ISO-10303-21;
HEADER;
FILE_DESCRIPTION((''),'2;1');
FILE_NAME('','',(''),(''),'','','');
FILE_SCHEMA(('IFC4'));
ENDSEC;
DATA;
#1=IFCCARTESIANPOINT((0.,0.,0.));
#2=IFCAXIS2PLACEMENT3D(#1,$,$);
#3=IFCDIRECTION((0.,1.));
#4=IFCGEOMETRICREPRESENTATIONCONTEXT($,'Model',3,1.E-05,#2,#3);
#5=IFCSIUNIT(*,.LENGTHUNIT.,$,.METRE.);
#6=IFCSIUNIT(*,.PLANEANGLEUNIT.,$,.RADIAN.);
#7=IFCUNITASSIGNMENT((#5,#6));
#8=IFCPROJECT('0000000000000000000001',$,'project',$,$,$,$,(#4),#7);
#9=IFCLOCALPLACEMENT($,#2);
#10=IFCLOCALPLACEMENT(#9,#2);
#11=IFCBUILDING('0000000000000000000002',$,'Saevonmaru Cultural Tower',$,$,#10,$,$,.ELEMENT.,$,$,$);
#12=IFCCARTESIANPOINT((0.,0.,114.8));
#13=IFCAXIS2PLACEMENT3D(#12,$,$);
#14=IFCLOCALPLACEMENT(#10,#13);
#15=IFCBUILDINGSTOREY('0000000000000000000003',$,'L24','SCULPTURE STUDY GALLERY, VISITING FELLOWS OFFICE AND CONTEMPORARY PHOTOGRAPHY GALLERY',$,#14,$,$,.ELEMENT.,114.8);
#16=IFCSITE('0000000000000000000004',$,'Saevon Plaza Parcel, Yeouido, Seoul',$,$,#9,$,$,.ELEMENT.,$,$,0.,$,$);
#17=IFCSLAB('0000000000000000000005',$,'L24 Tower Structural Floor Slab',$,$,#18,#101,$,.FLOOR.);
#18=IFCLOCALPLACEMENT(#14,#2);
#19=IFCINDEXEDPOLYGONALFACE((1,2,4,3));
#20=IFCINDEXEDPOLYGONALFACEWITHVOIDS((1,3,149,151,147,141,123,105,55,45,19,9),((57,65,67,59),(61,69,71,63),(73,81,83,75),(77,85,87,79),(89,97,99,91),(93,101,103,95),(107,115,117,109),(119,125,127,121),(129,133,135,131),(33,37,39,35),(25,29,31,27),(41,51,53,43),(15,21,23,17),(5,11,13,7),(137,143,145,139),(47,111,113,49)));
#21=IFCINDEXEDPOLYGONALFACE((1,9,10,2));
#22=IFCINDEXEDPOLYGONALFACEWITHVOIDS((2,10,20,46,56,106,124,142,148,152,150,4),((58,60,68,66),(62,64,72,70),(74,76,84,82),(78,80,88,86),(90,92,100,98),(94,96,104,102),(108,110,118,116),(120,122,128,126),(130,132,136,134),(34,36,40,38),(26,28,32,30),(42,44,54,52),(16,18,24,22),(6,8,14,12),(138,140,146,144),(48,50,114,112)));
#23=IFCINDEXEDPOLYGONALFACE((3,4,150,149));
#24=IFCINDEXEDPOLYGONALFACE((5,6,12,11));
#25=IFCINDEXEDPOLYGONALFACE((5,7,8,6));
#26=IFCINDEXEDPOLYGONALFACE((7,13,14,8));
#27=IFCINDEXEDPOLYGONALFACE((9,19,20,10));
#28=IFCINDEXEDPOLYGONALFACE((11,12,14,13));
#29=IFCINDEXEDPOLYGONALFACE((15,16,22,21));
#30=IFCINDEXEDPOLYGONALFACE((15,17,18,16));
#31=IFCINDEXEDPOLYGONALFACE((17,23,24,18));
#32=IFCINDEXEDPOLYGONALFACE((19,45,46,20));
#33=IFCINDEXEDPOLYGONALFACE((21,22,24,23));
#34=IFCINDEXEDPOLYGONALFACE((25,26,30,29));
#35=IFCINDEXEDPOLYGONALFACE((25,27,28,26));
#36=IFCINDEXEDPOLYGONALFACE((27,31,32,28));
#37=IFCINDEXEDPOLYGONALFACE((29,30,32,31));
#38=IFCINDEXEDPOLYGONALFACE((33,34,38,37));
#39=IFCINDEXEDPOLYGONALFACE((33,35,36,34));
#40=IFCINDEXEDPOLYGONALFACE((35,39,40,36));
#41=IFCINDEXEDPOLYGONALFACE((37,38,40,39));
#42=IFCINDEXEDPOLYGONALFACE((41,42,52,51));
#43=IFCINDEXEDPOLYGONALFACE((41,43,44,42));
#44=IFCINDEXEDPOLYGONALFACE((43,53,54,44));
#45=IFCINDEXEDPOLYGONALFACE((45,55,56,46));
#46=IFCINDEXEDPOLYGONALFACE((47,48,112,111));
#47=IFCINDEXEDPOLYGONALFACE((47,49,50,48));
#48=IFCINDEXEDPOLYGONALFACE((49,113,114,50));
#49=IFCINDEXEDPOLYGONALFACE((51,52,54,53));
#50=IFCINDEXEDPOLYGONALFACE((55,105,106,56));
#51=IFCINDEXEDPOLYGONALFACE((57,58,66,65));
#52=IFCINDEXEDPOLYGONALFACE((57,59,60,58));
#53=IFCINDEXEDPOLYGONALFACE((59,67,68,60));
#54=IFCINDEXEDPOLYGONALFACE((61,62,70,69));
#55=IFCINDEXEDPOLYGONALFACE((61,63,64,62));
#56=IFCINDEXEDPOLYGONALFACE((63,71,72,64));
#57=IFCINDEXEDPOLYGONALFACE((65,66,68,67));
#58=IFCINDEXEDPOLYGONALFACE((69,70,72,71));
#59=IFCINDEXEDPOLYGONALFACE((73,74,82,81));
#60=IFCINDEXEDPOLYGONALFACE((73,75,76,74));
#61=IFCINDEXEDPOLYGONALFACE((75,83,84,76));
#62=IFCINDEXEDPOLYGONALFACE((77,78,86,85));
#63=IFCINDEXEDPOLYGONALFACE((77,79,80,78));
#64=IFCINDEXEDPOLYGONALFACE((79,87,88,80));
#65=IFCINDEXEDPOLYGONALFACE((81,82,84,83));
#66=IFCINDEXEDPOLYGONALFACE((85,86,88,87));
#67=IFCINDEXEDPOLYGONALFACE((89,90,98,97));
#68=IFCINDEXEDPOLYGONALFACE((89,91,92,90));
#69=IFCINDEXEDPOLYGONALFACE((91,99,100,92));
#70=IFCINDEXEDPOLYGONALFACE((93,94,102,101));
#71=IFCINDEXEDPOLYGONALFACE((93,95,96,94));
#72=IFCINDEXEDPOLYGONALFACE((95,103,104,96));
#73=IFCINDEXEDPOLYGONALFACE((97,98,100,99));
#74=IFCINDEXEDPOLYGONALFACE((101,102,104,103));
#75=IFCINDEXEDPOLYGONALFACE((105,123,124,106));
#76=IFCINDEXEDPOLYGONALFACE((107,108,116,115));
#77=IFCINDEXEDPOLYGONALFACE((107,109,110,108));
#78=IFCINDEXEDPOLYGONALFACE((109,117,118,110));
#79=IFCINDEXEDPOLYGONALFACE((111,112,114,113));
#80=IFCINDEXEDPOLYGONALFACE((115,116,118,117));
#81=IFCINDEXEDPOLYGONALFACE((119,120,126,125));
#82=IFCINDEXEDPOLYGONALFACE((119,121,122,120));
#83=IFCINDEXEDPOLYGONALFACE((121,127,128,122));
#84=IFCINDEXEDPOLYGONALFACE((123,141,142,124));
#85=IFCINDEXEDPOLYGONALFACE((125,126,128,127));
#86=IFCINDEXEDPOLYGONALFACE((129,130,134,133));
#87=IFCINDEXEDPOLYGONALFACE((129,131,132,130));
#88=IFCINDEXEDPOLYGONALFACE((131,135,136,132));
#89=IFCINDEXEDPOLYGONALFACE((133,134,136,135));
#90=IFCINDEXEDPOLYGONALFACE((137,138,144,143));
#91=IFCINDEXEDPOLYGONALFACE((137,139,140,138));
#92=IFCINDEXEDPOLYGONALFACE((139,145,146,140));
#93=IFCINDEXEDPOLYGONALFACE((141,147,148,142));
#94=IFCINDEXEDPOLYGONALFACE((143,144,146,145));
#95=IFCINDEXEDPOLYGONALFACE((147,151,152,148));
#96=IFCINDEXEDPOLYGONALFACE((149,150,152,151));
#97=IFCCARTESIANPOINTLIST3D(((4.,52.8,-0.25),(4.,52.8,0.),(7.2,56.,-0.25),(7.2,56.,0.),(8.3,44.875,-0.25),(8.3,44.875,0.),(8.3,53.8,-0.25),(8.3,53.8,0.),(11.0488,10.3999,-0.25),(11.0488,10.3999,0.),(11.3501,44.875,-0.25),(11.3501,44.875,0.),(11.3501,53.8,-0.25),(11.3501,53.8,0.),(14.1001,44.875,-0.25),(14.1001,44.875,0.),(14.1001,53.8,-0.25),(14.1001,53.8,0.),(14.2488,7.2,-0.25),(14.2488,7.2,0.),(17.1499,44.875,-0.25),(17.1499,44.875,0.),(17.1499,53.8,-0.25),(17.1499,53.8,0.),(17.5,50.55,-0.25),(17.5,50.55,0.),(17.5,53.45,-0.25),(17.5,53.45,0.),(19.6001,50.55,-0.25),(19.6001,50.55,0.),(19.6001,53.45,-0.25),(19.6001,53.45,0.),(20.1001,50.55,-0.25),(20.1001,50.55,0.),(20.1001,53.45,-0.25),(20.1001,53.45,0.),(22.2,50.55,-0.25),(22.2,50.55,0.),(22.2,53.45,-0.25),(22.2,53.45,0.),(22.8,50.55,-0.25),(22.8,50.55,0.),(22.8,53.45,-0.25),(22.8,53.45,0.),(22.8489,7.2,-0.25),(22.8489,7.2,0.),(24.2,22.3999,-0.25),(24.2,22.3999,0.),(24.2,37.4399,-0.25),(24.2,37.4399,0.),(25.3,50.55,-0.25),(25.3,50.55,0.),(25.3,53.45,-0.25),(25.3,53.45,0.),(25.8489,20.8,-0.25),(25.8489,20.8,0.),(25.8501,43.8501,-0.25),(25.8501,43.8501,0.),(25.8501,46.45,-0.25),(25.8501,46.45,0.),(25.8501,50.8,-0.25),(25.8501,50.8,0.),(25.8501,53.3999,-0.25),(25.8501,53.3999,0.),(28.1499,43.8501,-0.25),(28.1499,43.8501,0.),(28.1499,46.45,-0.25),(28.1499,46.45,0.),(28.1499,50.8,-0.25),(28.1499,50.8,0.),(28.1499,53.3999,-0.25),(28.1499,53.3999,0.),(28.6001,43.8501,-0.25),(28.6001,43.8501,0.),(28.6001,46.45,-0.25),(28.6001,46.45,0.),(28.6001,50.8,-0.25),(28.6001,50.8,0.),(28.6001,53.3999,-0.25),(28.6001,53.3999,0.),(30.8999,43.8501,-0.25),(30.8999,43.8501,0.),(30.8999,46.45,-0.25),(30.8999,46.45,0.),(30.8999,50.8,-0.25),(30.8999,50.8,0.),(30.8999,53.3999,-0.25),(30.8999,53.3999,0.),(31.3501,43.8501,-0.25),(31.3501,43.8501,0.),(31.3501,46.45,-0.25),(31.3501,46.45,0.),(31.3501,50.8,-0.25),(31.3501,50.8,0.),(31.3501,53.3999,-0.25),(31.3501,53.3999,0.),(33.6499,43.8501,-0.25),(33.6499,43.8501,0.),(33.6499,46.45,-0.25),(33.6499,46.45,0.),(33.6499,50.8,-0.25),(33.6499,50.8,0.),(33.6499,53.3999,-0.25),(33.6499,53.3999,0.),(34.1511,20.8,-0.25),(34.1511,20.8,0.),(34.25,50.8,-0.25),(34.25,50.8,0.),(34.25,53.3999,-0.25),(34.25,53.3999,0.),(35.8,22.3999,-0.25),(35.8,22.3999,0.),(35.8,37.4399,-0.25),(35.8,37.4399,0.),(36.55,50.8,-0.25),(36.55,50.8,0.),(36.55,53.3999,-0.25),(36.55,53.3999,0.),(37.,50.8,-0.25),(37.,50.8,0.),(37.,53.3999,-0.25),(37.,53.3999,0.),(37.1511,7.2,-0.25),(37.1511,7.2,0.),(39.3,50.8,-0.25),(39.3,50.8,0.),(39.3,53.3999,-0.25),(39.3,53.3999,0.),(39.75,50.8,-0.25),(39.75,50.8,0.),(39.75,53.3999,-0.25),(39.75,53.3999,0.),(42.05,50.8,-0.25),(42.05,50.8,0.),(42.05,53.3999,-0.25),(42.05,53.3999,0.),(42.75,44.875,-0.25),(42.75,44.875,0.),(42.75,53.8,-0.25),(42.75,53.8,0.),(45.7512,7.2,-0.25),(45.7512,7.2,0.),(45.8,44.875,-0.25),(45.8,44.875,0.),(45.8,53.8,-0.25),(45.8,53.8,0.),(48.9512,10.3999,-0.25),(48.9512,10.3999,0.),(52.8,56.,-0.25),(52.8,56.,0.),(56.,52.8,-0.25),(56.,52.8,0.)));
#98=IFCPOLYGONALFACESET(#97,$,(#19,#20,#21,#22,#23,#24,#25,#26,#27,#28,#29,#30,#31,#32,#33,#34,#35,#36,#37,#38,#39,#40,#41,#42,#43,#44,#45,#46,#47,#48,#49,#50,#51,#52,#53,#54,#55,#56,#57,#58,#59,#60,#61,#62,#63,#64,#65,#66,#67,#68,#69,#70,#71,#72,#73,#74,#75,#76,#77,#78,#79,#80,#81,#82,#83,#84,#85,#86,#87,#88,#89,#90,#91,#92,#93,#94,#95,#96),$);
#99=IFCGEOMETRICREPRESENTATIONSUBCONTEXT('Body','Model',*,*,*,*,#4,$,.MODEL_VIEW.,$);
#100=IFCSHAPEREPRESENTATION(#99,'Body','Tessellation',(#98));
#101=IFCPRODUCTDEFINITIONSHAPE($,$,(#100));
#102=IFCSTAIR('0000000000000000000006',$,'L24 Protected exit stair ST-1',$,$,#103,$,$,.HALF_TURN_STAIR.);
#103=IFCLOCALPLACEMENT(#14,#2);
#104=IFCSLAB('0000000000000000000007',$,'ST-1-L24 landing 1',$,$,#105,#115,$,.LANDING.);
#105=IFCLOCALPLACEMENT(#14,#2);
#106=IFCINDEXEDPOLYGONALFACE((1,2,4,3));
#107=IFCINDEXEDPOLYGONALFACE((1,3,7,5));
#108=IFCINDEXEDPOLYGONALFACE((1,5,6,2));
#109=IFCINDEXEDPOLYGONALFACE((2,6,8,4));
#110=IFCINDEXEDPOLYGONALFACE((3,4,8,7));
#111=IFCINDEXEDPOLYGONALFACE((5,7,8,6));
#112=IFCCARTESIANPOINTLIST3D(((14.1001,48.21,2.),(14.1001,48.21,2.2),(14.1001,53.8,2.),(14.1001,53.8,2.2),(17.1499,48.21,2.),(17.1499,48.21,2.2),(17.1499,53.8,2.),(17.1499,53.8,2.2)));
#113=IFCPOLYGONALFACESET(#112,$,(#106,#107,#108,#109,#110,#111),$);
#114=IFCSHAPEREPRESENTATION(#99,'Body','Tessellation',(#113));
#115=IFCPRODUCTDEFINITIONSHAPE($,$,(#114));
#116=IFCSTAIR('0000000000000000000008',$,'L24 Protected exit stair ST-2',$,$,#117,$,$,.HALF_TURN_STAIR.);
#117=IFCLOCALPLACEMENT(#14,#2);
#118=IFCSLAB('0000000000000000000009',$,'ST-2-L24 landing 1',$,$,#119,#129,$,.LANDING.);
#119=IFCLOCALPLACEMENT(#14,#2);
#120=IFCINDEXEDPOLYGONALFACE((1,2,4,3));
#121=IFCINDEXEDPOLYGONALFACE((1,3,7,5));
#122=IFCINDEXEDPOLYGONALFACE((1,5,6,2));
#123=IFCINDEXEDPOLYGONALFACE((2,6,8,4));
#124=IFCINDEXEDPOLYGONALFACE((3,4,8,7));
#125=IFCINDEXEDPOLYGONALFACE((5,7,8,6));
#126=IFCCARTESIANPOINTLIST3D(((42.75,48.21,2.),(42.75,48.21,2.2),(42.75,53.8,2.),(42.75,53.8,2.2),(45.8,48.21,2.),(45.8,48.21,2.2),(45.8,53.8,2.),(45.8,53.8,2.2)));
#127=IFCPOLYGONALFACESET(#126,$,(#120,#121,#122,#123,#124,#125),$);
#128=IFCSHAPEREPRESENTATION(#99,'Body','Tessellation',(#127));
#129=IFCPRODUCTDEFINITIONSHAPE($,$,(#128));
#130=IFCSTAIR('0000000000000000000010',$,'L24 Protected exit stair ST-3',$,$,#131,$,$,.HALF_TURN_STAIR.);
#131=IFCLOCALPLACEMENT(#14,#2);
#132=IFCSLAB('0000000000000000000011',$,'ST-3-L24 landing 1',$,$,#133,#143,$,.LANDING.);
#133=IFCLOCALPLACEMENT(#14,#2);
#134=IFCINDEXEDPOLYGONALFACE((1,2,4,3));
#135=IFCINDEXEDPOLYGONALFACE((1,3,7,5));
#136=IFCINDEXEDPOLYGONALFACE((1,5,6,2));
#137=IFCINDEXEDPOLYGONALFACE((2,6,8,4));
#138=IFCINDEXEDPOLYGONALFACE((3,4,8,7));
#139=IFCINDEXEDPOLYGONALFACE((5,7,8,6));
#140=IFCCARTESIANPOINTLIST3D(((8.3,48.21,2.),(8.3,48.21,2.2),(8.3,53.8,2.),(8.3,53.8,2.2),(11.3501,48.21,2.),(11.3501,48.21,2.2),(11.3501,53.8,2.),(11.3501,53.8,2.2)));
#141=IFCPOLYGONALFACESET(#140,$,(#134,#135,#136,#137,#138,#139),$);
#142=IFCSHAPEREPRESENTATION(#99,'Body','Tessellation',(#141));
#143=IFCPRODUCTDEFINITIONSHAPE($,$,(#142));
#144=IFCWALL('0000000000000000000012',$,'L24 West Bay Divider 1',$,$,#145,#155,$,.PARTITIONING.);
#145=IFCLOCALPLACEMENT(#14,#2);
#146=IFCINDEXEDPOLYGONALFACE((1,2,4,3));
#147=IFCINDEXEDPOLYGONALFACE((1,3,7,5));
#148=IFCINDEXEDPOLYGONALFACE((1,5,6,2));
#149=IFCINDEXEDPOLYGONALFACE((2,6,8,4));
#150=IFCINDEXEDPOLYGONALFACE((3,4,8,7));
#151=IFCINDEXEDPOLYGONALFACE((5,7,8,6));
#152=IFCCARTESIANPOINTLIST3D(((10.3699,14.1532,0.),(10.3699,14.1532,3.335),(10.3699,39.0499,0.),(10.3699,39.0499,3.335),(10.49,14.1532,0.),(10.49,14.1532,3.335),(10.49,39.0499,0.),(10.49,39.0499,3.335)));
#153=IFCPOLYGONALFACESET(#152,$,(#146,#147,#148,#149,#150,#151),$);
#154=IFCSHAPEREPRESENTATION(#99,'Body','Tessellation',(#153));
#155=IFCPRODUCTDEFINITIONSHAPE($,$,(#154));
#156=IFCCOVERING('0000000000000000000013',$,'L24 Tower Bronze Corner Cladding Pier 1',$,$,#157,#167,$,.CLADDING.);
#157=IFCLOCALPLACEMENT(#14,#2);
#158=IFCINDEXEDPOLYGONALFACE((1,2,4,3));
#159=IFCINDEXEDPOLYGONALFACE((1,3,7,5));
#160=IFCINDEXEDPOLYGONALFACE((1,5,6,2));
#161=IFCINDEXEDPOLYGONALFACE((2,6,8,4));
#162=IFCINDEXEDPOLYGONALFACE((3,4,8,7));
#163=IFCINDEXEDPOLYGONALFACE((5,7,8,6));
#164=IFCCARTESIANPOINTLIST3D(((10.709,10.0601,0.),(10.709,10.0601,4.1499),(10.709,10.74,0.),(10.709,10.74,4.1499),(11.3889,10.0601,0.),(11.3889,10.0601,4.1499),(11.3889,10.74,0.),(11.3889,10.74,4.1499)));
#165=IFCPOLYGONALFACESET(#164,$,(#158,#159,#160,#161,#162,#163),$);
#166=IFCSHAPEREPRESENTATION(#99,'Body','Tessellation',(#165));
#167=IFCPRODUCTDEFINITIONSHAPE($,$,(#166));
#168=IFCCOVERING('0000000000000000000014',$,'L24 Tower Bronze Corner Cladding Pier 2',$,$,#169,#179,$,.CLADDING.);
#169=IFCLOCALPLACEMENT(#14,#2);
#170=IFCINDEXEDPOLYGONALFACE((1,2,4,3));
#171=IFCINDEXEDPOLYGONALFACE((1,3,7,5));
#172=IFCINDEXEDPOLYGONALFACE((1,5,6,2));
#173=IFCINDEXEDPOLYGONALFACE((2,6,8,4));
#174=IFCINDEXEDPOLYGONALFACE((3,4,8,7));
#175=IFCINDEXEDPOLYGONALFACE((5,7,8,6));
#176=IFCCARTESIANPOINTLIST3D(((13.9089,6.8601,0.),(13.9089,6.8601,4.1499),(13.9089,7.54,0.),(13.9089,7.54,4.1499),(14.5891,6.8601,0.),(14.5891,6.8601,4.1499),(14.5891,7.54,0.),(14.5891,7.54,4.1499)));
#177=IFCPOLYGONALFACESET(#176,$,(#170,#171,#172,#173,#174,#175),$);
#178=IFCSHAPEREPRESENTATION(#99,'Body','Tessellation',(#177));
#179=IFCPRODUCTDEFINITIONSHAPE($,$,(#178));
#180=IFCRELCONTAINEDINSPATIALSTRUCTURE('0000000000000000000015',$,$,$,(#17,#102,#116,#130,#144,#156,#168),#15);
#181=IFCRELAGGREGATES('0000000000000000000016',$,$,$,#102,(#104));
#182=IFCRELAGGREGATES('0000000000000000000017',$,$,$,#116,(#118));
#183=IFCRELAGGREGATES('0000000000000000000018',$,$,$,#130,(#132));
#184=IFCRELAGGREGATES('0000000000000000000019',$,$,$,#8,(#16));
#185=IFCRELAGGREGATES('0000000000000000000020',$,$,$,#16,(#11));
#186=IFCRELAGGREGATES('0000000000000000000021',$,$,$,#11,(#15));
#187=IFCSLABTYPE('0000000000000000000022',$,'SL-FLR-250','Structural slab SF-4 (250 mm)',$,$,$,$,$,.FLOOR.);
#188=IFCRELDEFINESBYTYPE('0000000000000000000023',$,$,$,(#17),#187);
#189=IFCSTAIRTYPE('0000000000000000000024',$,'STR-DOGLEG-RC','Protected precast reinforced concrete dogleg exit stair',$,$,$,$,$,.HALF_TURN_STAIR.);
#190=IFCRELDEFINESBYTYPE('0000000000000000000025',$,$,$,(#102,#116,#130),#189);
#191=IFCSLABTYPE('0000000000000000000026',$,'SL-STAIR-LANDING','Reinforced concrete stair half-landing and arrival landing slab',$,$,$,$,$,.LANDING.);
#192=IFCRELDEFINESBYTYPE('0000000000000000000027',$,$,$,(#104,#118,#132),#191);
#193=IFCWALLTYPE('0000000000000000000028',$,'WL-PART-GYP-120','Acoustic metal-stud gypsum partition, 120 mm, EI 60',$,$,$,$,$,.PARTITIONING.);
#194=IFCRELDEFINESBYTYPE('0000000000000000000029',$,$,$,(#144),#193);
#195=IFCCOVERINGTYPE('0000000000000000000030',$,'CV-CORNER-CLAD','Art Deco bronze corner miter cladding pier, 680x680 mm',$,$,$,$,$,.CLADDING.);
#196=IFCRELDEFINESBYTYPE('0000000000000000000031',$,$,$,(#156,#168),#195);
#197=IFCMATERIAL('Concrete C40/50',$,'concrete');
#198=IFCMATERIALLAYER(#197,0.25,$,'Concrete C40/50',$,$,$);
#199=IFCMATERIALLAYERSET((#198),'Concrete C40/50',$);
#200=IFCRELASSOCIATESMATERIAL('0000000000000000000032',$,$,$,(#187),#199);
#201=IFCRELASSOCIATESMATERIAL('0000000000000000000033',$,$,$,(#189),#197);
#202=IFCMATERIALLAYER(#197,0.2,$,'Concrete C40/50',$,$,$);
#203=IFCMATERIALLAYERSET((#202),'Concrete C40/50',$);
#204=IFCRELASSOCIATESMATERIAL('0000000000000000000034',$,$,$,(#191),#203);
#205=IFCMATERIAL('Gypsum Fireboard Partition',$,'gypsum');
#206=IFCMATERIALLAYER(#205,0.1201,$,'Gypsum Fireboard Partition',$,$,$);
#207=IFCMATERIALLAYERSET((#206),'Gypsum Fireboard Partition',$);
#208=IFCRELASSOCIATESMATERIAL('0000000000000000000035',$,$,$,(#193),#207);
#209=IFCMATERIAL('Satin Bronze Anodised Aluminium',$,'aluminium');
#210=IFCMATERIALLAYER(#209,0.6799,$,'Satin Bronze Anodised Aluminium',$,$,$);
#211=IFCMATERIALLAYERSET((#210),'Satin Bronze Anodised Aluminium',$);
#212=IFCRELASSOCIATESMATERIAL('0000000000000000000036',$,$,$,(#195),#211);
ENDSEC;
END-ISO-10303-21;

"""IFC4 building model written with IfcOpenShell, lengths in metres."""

from ifc_helpers import new_model, si_unit, direction, frame, frame_2d, origin, place, context, subcontext, project, spatial, polyline, rectangle, outline, extrude, material, layer, layer_set, type_object, element, aggregate, save


model = new_model("IFC4")

# Units and contexts
model_context = context("Model", 3, precision=1e-05, world=origin(), true_north=direction((0.0, 1.0)))
body_context = subcontext(model_context, "Body", "Model", "MODEL_VIEW")
ifc_project = project(units=[si_unit("LENGTHUNIT", "METRE"), si_unit("PLANEANGLEUNIT", "RADIAN")], contexts=[model_context])

# Site, building, storey
site_placement = place(None, origin())
site = spatial("IfcSite", under=ifc_project, at=site_placement, Name="Saevon Plaza Parcel, Yeouido, Seoul", CompositionType="ELEMENT", RefElevation=0.0)
building_placement = place(site_placement, origin())
building = spatial("IfcBuilding", under=site, at=building_placement, Name="Saevonmaru Cultural Tower", CompositionType="ELEMENT")
storey_placement = place(building_placement, frame((0.0, 0.0, 114.8)))
storey = spatial("IfcBuildingStorey", under=building, at=storey_placement, Name="L24", Description="SCULPTURE STUDY GALLERY, VISITING FELLOWS OFFICE AND CONTEMPORARY PHOTOGRAPHY GALLERY", CompositionType="ELEMENT", Elevation=114.8)

# Shared definitions
ifc_material_1 = material(Name="Satin Bronze Anodised Aluminium", Category="aluminium")

# Slab
ifc_material_2 = material(Name="Concrete C40/50", Category="concrete")
ifc_layer_1 = layer(ifc_material_2, 0.25, Name="Concrete C40/50")
ifc_layer_set_1 = layer_set([ifc_layer_1], Name="Concrete C40/50")
slab_type_1 = type_object("IfcSlabType", Name="SL-FLR-250", Description="Structural slab SF-4 (250 mm)", PredefinedType="FLOOR", material=ifc_layer_set_1)
slab_1_placement = place(storey_placement, frame((0.0, 0.0, -0.25)))
element("IfcSlab", 1, at=slab_1_placement, inside=storey, type_object=slab_type_1, Name="L24 Tower Structural Floor Slab", PredefinedType="FLOOR", context=body_context, shape_type="SweptSolid", body=[
    extrude(outline(polyline([(11.0488, 10.3999), (14.2488, 7.2), (22.8489, 7.2), (25.8489, 20.8), (34.1511, 20.8), (37.1511, 7.2), (45.7512, 7.2), (48.9512, 10.3999), (56.0, 52.8), (52.8, 56.0), (7.2, 56.0), (4.0, 52.8), (11.0488, 10.3999)]), holes=[polyline([(45.8, 44.875), (42.75, 44.875), (42.75, 53.8), (45.8, 53.8), (45.8, 44.875)]), polyline([(39.75, 50.8), (39.75, 53.3999), (42.05, 53.3999), (42.05, 50.8), (39.75, 50.8)]), polyline([(37.0, 50.8), (37.0, 53.3999), (39.3, 53.3999), (39.3, 50.8), (37.0, 50.8)]), polyline([(34.25, 50.8), (34.25, 53.3999), (36.55, 53.3999), (36.55, 50.8), (34.25, 50.8)]), polyline([(24.2, 22.3999), (24.2, 37.4399), (35.8, 37.4399), (35.8, 22.3999), (24.2, 22.3999)]), polyline([(31.3501, 50.8), (31.3501, 53.3999), (33.6499, 53.3999), (33.6499, 50.8), (31.3501, 50.8)]), polyline([(31.3501, 43.8501), (31.3501, 46.45), (33.6499, 46.45), (33.6499, 43.8501), (31.3501, 43.8501)]), polyline([(28.6001, 43.8501), (28.6001, 46.45), (30.8999, 46.45), (30.8999, 43.8501), (28.6001, 43.8501)]), polyline([(28.6001, 50.8), (28.6001, 53.3999), (30.8999, 53.3999), (30.8999, 50.8), (28.6001, 50.8)]), polyline([(25.8501, 50.8), (25.8501, 53.3999), (28.1499, 53.3999), (28.1499, 50.8), (25.8501, 50.8)]), polyline([(25.8501, 43.8501), (25.8501, 46.45), (28.1499, 46.45), (28.1499, 43.8501), (25.8501, 43.8501)]), polyline([(22.8, 50.55), (22.8, 53.45), (25.3, 53.45), (25.3, 50.55), (22.8, 50.55)]), polyline([(20.1001, 50.55), (20.1001, 53.45), (22.2, 53.45), (22.2, 50.55), (20.1001, 50.55)]), polyline([(17.5, 50.55), (17.5, 53.45), (19.6001, 53.45), (19.6001, 50.55), (17.5, 50.55)]), polyline([(17.1499, 44.875), (14.1001, 44.875), (14.1001, 53.8), (17.1499, 53.8), (17.1499, 44.875)]), polyline([(11.3501, 44.875), (8.3, 44.875), (8.3, 53.8), (11.3501, 53.8), (11.3501, 44.875)])]), origin(), (0.0, 0.0, 1.0), 0.25),
])

# Stairs, slabs
stair_type = type_object("IfcStairType", Name="STR-DOGLEG-RC", Description="Protected precast reinforced concrete dogleg exit stair", PredefinedType="HALF_TURN_STAIR", material=ifc_material_2)
stair_1_placement = place(storey_placement, origin())
stair_1 = element("IfcStair", 2, at=stair_1_placement, inside=storey, type_object=stair_type, Name="L24 Protected exit stair ST-1", PredefinedType="HALF_TURN_STAIR")
ifc_layer_2 = layer(ifc_material_2, 0.2, Name="Concrete C40/50")
ifc_layer_set_2 = layer_set([ifc_layer_2], Name="Concrete C40/50")
slab_type_2 = type_object("IfcSlabType", Name="SL-STAIR-LANDING", Description="Reinforced concrete stair half-landing and arrival landing slab", PredefinedType="LANDING", material=ifc_layer_set_2)
slab_2_placement = place(storey_placement, frame((0.0, 0.0, 2.0)))
slab_2 = element("IfcSlab", 3, at=slab_2_placement, type_object=slab_type_2, Name="ST-1-L24 landing 1", PredefinedType="LANDING", context=body_context, shape_type="SweptSolid", body=[
    extrude(outline(polyline([(17.1499, 48.21), (17.1499, 53.8), (14.1001, 53.8), (14.1001, 48.21), (17.1499, 48.21)])), origin(), (0.0, 0.0, 1.0), 0.2),
])
aggregate(stair_1, [slab_2])
stair_2_placement = place(storey_placement, origin())
stair_2 = element("IfcStair", 4, at=stair_2_placement, inside=storey, type_object=stair_type, Name="L24 Protected exit stair ST-2", PredefinedType="HALF_TURN_STAIR")
slab_3_placement = place(storey_placement, frame((0.0, 0.0, 2.0)))
slab_3 = element("IfcSlab", 5, at=slab_3_placement, type_object=slab_type_2, Name="ST-2-L24 landing 1", PredefinedType="LANDING", context=body_context, shape_type="SweptSolid", body=[
    extrude(outline(polyline([(45.8, 48.21), (45.8, 53.8), (42.75, 53.8), (42.75, 48.21), (45.8, 48.21)])), origin(), (0.0, 0.0, 1.0), 0.2),
])
aggregate(stair_2, [slab_3])
stair_3_placement = place(storey_placement, origin())
stair_3 = element("IfcStair", 6, at=stair_3_placement, inside=storey, type_object=stair_type, Name="L24 Protected exit stair ST-3", PredefinedType="HALF_TURN_STAIR")
slab_4_placement = place(storey_placement, frame((0.0, 0.0, 2.0)))
slab_4 = element("IfcSlab", 7, at=slab_4_placement, type_object=slab_type_2, Name="ST-3-L24 landing 1", PredefinedType="LANDING", context=body_context, shape_type="SweptSolid", body=[
    extrude(outline(polyline([(11.3501, 48.21), (11.3501, 53.8), (8.3, 53.8), (8.3, 48.21), (11.3501, 48.21)])), origin(), (0.0, 0.0, 1.0), 0.2),
])
aggregate(stair_3, [slab_4])

# Wall
ifc_material_3 = material(Name="Gypsum Fireboard Partition", Category="gypsum")
ifc_layer_3 = layer(ifc_material_3, 0.1201, Name="Gypsum Fireboard Partition")
ifc_layer_set_3 = layer_set([ifc_layer_3], Name="Gypsum Fireboard Partition")
wall_type = type_object("IfcWallType", Name="WL-PART-GYP-120", Description="Acoustic metal-stud gypsum partition, 120 mm, EI 60", PredefinedType="PARTITIONING", material=ifc_layer_set_3)
wall_placement = place(storey_placement, frame((10.4299, 14.1533, 0.0), z_axis=(0.0, 0.0, 1.0), x_axis=(0.0, 1.0, 0.0)))
element("IfcWall", 8, at=wall_placement, inside=storey, type_object=wall_type, Name="L24 West Bay Divider 1", PredefinedType="PARTITIONING", context=body_context, shape_type="SweptSolid", body=[
    extrude(rectangle(XDim=24.8967, YDim=0.1201, at=frame_2d((12.4482, 0.0))), origin(), (0.0, 0.0, 1.0), 3.335),
])

# Coverings
ifc_layer_4 = layer(ifc_material_1, 0.6799, Name="Satin Bronze Anodised Aluminium")
ifc_layer_set_4 = layer_set([ifc_layer_4], Name="Satin Bronze Anodised Aluminium")
covering_type = type_object("IfcCoveringType", Name="CV-CORNER-CLAD", Description="Art Deco bronze corner miter cladding pier, 680x680 mm", PredefinedType="CLADDING", material=ifc_layer_set_4)
covering_1_placement = place(storey_placement, origin())
element("IfcCovering", 9, at=covering_1_placement, inside=storey, type_object=covering_type, Name="L24 Tower Bronze Corner Cladding Pier 1", PredefinedType="CLADDING", context=body_context, shape_type="SweptSolid", body=[
    extrude(outline(polyline([(10.709, 10.0601), (11.3889, 10.0601), (11.3889, 10.74), (10.709, 10.74), (10.709, 10.0601)])), origin(), (0.0, 0.0, 1.0), 4.1499),
])
covering_2_placement = place(storey_placement, origin())
element("IfcCovering", 10, at=covering_2_placement, inside=storey, type_object=covering_type, Name="L24 Tower Bronze Corner Cladding Pier 2", PredefinedType="CLADDING", context=body_context, shape_type="SweptSolid", body=[
    extrude(outline(polyline([(13.9089, 6.8601), (14.5891, 6.8601), (14.5891, 7.54), (13.9089, 7.54), (13.9089, 6.8601)])), origin(), (0.0, 0.0, 1.0), 4.1499),
])

save(model, "model.ifc")
